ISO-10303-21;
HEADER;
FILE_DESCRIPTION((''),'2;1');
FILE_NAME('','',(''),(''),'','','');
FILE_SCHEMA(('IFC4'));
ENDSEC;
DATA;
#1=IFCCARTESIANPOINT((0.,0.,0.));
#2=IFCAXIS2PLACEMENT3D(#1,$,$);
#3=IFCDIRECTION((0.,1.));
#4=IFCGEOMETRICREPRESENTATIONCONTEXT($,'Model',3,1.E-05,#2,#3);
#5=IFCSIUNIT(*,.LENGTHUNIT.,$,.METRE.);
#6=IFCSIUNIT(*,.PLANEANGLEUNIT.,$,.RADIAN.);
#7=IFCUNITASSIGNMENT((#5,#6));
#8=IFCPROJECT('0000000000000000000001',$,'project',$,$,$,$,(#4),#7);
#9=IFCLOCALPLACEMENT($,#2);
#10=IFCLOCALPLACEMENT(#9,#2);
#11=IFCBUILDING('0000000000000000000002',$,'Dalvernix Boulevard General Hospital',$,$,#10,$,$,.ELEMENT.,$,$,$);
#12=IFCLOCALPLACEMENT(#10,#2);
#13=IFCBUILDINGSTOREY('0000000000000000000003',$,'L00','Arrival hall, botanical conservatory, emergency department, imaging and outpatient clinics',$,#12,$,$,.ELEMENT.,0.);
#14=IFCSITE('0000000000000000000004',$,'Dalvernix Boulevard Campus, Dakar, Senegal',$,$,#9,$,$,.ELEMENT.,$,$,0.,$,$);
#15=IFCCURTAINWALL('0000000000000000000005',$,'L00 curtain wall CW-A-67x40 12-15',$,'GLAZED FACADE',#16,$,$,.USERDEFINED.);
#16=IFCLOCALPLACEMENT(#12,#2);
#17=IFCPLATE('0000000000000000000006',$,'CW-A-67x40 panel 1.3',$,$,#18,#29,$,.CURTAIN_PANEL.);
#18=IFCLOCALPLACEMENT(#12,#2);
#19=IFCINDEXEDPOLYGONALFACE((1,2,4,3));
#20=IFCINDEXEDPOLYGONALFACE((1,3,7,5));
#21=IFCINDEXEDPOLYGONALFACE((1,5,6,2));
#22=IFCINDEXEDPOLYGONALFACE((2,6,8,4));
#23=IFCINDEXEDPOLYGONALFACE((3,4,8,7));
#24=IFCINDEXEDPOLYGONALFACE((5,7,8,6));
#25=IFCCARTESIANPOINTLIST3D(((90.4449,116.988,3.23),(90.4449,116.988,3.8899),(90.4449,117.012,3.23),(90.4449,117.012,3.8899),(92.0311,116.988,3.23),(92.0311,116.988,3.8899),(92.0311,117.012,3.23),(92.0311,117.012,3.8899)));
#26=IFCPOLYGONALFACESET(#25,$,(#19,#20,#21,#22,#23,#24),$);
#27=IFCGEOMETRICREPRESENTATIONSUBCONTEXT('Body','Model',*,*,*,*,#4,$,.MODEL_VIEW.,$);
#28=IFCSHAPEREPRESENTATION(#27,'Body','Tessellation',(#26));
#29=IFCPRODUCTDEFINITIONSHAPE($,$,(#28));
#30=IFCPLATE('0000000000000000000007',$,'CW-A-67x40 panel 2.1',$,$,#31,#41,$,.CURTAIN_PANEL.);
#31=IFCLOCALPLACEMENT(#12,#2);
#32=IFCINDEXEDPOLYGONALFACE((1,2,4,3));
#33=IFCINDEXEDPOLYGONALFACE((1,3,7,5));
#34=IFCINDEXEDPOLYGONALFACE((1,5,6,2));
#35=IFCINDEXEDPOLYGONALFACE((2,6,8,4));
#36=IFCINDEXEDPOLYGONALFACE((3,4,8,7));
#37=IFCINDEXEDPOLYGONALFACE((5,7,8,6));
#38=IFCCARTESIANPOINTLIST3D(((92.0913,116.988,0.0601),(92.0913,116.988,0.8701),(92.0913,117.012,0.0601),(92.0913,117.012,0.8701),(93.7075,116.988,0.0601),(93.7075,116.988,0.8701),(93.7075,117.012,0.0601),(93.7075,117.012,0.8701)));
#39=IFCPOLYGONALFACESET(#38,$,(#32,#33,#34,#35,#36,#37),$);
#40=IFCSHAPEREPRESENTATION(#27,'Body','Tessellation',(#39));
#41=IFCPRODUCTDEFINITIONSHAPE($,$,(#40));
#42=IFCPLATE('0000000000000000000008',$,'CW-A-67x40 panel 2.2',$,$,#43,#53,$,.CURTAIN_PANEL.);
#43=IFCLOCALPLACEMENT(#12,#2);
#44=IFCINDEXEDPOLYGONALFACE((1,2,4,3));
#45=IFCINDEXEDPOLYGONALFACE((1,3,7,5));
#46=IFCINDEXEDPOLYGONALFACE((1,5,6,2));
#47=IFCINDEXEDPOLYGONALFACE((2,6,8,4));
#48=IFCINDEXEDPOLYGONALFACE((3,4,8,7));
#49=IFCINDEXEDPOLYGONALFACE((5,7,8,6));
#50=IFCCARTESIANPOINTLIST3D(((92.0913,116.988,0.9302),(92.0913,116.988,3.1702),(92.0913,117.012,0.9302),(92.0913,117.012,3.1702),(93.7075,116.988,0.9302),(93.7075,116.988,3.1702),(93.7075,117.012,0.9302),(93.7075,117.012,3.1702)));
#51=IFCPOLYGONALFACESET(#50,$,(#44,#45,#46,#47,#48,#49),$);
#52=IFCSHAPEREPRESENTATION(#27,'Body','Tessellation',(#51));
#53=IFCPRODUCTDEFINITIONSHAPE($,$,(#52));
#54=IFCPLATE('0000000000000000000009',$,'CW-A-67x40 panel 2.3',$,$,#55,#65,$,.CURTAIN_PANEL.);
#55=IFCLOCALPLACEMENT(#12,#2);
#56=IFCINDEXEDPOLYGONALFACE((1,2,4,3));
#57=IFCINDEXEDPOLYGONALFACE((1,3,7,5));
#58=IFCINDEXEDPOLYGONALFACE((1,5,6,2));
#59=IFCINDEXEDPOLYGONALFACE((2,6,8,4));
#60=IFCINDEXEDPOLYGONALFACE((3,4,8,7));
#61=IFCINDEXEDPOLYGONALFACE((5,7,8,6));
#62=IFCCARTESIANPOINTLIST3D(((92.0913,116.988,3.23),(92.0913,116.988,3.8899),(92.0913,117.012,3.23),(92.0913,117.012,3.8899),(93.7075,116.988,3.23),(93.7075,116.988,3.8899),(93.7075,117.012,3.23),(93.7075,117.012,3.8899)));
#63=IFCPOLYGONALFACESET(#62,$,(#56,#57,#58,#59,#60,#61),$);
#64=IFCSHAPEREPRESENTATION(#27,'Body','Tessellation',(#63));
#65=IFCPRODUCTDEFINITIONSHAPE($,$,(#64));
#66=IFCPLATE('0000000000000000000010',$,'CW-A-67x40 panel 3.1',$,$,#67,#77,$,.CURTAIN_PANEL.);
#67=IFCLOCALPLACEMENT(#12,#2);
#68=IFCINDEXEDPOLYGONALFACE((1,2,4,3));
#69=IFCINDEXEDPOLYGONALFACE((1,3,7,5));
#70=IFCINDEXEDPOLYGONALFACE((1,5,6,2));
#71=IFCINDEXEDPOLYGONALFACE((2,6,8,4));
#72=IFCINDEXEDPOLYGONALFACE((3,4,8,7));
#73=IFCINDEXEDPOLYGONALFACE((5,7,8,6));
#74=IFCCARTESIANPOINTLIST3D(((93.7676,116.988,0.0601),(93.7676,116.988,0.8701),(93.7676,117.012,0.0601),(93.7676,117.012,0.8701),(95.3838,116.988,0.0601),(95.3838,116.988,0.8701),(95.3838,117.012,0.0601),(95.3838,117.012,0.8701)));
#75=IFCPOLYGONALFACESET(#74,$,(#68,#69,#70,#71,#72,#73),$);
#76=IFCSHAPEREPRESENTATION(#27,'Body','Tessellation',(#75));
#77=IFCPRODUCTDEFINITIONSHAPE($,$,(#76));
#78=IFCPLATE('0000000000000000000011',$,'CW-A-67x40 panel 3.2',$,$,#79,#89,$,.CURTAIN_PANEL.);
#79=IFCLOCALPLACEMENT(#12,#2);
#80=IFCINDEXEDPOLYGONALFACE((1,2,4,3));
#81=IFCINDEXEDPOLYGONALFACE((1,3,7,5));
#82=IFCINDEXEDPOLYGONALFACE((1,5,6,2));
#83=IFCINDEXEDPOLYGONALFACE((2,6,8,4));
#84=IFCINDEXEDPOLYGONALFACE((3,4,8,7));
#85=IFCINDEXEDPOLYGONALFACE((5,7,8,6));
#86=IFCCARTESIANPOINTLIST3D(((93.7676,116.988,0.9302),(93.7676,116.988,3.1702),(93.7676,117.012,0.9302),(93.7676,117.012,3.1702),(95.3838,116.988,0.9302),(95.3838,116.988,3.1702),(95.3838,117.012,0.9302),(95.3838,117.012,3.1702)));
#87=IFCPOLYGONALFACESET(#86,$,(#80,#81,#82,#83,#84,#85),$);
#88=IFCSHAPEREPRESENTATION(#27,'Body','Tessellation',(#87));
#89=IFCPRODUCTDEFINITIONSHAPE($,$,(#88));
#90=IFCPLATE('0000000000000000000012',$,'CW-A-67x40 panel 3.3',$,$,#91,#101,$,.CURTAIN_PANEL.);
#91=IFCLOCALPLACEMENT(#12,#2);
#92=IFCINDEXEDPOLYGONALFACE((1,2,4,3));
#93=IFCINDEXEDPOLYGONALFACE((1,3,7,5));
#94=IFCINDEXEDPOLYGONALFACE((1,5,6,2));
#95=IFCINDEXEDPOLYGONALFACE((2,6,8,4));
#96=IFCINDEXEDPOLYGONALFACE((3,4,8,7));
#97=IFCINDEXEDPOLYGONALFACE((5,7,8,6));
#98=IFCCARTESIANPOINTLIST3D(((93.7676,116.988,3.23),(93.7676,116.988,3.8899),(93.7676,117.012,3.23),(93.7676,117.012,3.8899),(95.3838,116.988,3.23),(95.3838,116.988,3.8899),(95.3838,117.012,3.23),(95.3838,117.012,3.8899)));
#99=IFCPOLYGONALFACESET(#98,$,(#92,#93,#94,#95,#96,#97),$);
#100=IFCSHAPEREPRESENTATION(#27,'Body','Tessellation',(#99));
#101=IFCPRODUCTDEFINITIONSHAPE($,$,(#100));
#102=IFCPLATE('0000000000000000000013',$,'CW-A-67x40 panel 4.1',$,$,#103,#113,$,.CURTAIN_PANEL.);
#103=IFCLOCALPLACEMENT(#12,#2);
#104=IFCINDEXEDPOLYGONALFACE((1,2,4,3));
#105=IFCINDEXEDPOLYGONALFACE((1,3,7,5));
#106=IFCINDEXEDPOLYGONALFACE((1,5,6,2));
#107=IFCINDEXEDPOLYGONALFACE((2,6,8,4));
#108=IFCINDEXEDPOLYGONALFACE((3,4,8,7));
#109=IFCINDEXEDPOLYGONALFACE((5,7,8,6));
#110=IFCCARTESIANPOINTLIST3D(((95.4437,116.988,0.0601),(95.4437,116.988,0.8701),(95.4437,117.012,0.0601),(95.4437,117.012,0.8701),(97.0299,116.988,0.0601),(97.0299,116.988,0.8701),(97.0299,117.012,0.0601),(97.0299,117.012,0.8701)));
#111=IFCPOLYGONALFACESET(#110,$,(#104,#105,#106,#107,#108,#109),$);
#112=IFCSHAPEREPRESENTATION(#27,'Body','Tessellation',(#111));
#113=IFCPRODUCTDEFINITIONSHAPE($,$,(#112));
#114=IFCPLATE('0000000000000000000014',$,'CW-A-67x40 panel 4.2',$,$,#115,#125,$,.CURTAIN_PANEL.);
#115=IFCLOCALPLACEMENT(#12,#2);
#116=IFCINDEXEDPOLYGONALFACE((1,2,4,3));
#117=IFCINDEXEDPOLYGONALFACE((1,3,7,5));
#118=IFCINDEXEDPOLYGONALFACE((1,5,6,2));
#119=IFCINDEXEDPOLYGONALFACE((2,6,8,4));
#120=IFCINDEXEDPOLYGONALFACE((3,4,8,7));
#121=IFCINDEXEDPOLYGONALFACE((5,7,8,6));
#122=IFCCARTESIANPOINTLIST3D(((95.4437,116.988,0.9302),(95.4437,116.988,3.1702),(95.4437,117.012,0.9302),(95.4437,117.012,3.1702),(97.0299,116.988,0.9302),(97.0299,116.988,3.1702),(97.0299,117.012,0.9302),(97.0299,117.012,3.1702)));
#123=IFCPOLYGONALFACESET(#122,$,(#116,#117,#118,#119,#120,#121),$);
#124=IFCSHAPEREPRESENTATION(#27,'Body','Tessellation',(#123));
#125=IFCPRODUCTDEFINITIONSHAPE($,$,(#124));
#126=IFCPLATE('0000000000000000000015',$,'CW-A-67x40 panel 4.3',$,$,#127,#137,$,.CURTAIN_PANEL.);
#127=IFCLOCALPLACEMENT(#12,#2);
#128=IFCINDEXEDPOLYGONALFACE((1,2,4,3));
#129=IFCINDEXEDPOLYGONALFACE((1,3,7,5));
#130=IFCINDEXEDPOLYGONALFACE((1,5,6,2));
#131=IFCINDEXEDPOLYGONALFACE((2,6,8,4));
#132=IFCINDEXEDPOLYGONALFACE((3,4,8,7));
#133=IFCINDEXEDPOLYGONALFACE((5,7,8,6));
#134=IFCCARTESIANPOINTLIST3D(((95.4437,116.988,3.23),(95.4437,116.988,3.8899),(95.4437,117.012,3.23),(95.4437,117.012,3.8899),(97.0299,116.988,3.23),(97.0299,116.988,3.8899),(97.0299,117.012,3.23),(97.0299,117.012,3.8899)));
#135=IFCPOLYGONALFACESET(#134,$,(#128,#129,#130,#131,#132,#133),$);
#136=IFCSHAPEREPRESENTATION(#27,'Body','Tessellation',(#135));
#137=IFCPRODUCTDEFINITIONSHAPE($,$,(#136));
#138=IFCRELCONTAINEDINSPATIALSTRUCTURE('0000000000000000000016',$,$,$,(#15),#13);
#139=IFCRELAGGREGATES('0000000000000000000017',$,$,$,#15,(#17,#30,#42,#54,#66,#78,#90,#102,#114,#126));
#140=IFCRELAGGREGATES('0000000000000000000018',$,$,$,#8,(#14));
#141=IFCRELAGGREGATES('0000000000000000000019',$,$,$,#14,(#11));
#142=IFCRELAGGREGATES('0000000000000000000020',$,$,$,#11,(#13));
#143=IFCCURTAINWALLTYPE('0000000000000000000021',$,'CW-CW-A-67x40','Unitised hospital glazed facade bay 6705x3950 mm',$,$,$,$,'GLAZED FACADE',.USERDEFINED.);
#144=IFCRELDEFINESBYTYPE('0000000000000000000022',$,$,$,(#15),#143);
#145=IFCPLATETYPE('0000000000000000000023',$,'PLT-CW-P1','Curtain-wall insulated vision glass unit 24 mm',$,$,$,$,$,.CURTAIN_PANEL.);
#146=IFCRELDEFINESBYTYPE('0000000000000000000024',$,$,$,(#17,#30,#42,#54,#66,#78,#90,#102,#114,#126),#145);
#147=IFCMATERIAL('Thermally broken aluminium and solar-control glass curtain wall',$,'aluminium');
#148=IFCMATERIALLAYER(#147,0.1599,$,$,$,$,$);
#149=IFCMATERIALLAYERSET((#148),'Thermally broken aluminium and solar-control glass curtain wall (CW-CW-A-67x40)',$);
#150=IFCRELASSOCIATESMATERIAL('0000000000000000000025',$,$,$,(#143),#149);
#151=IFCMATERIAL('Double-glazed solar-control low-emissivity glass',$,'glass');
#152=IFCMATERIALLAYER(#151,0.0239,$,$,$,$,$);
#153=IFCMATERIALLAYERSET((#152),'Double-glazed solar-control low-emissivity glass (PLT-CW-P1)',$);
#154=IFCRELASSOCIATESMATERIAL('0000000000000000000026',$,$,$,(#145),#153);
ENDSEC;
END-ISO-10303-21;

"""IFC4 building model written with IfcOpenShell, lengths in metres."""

from ifc_helpers import new_model, si_unit, direction, frame, origin, origin_2d, place, context, subcontext, project, spatial, rectangle, extrude, material, layer, layer_set, type_object, element, aggregate, save


model = new_model("IFC4")

# Units and contexts
model_context = context("Model", 3, precision=1e-05, world=origin(), true_north=direction((0.0, 1.0)))
body_context = subcontext(model_context, "Body", "Model", "MODEL_VIEW")
ifc_project = project(units=[si_unit("LENGTHUNIT", "METRE"), si_unit("PLANEANGLEUNIT", "RADIAN")], contexts=[model_context])

# Site, building, storey
site_placement = place(None, origin())
site = spatial("IfcSite", under=ifc_project, at=site_placement, Name="Dalvernix Boulevard Campus, Dakar, Senegal", CompositionType="ELEMENT", RefElevation=0.0)
building_placement = place(site_placement, origin())
building = spatial("IfcBuilding", under=site, at=building_placement, Name="Dalvernix Boulevard General Hospital", CompositionType="ELEMENT")
storey_placement = place(building_placement, origin())
storey = spatial("IfcBuildingStorey", under=building, at=storey_placement, Name="L00", Description="Arrival hall, botanical conservatory, emergency department, imaging and outpatient clinics", CompositionType="ELEMENT", Elevation=0.0)

# Curtain wall, plates
ifc_material_1 = material(Name="Thermally broken aluminium and solar-control glass curtain wall", Category="aluminium")
ifc_layer_1 = layer(ifc_material_1, 0.1599)
ifc_layer_set_1 = layer_set([ifc_layer_1], Name="Thermally broken aluminium and solar-control glass curtain wall (CW-CW-A-67x40)")
curtain_wall_type = type_object("IfcCurtainWallType", Name="CW-CW-A-67x40", Description="Unitised hospital glazed facade bay 6705x3950 mm", ElementType="GLAZED FACADE", PredefinedType="USERDEFINED", material=ifc_layer_set_1)
curtain_wall_placement = place(storey_placement, origin())
curtain_wall = element("IfcCurtainWall", 1, at=curtain_wall_placement, inside=storey, type_object=curtain_wall_type, Name="L00 curtain wall CW-A-67x40 12-15", ObjectType="GLAZED FACADE", PredefinedType="USERDEFINED")
ifc_material_2 = material(Name="Double-glazed solar-control low-emissivity glass", Category="glass")
ifc_layer_2 = layer(ifc_material_2, 0.0239)
ifc_layer_set_2 = layer_set([ifc_layer_2], Name="Double-glazed solar-control low-emissivity glass (PLT-CW-P1)")
plate_type = type_object("IfcPlateType", Name="PLT-CW-P1", Description="Curtain-wall insulated vision glass unit 24 mm", PredefinedType="CURTAIN_PANEL", material=ifc_layer_set_2)
plate_1_placement = place(storey_placement, frame((91.238, 117.0, 3.23), z_axis=(0.0, 0.0, 1.0), x_axis=(1.0, 0.0, 0.0)))
plate_1 = element("IfcPlate", 2, at=plate_1_placement, type_object=plate_type, Name="CW-A-67x40 panel 1.3", PredefinedType="CURTAIN_PANEL", context=body_context, shape_type="SweptSolid", body=[
    extrude(rectangle(XDim=1.5862, YDim=0.0239, at=origin_2d()), origin(), (0.0, 0.0, 1.0), 0.6599),
])
plate_2_placement = place(storey_placement, frame((92.8994, 117.0, 0.0601), z_axis=(0.0, 0.0, 1.0), x_axis=(1.0, 0.0, 0.0)))
plate_2 = element("IfcPlate", 3, at=plate_2_placement, type_object=plate_type, Name="CW-A-67x40 panel 2.1", PredefinedType="CURTAIN_PANEL", context=body_context, shape_type="SweptSolid", body=[
    extrude(rectangle(XDim=1.6162, YDim=0.0239, at=origin_2d()), origin(), (0.0, 0.0, 1.0), 0.8101),
])
plate_3_placement = place(storey_placement, frame((92.8994, 117.0, 0.9302), z_axis=(0.0, 0.0, 1.0), x_axis=(1.0, 0.0, 0.0)))
plate_3 = element("IfcPlate", 4, at=plate_3_placement, type_object=plate_type, Name="CW-A-67x40 panel 2.2", PredefinedType="CURTAIN_PANEL", context=body_context, shape_type="SweptSolid", body=[
    extrude(rectangle(XDim=1.6162, YDim=0.0239, at=origin_2d()), origin(), (0.0, 0.0, 1.0), 2.24),
])
plate_4_placement = place(storey_placement, frame((92.8994, 117.0, 3.23), z_axis=(0.0, 0.0, 1.0), x_axis=(1.0, 0.0, 0.0)))
plate_4 = element("IfcPlate", 5, at=plate_4_placement, type_object=plate_type, Name="CW-A-67x40 panel 2.3", PredefinedType="CURTAIN_PANEL", context=body_context, shape_type="SweptSolid", body=[
    extrude(rectangle(XDim=1.6162, YDim=0.0239, at=origin_2d()), origin(), (0.0, 0.0, 1.0), 0.6599),
])
plate_5_placement = place(storey_placement, frame((94.5757, 117.0, 0.0601), z_axis=(0.0, 0.0, 1.0), x_axis=(1.0, 0.0, 0.0)))
plate_5 = element("IfcPlate", 6, at=plate_5_placement, type_object=plate_type, Name="CW-A-67x40 panel 3.1", PredefinedType="CURTAIN_PANEL", context=body_context, shape_type="SweptSolid", body=[
    extrude(rectangle(XDim=1.6162, YDim=0.0239, at=origin_2d()), origin(), (0.0, 0.0, 1.0), 0.8101),
])
plate_6_placement = place(storey_placement, frame((94.5757, 117.0, 0.9302), z_axis=(0.0, 0.0, 1.0), x_axis=(1.0, 0.0, 0.0)))
plate_6 = element("IfcPlate", 7, at=plate_6_placement, type_object=plate_type, Name="CW-A-67x40 panel 3.2", PredefinedType="CURTAIN_PANEL", context=body_context, shape_type="SweptSolid", body=[
    extrude(rectangle(XDim=1.6162, YDim=0.0239, at=origin_2d()), origin(), (0.0, 0.0, 1.0), 2.24),
])
plate_7_placement = place(storey_placement, frame((94.5757, 117.0, 3.23), z_axis=(0.0, 0.0, 1.0), x_axis=(1.0, 0.0, 0.0)))
plate_7 = element("IfcPlate", 8, at=plate_7_placement, type_object=plate_type, Name="CW-A-67x40 panel 3.3", PredefinedType="CURTAIN_PANEL", context=body_context, shape_type="SweptSolid", body=[
    extrude(rectangle(XDim=1.6162, YDim=0.0239, at=origin_2d()), origin(), (0.0, 0.0, 1.0), 0.6599),
])
plate_8_placement = place(storey_placement, frame((96.2368, 117.0, 0.0601), z_axis=(0.0, 0.0, 1.0), x_axis=(1.0, 0.0, 0.0)))
plate_8 = element("IfcPlate", 9, at=plate_8_placement, type_object=plate_type, Name="CW-A-67x40 panel 4.1", PredefinedType="CURTAIN_PANEL", context=body_context, shape_type="SweptSolid", body=[
    extrude(rectangle(XDim=1.5862, YDim=0.0239, at=origin_2d()), origin(), (0.0, 0.0, 1.0), 0.8101),
])
plate_9_placement = place(storey_placement, frame((96.2368, 117.0, 0.9302), z_axis=(0.0, 0.0, 1.0), x_axis=(1.0, 0.0, 0.0)))
plate_9 = element("IfcPlate", 10, at=plate_9_placement, type_object=plate_type, Name="CW-A-67x40 panel 4.2", PredefinedType="CURTAIN_PANEL", context=body_context, shape_type="SweptSolid", body=[
    extrude(rectangle(XDim=1.5862, YDim=0.0239, at=origin_2d()), origin(), (0.0, 0.0, 1.0), 2.24),
])
plate_10_placement = place(storey_placement, frame((96.2368, 117.0, 3.23), z_axis=(0.0, 0.0, 1.0), x_axis=(1.0, 0.0, 0.0)))
plate_10 = element("IfcPlate", 11, at=plate_10_placement, type_object=plate_type, Name="CW-A-67x40 panel 4.3", PredefinedType="CURTAIN_PANEL", context=body_context, shape_type="SweptSolid", body=[
    extrude(rectangle(XDim=1.5862, YDim=0.0239, at=origin_2d()), origin(), (0.0, 0.0, 1.0), 0.6599),
])
aggregate(curtain_wall, [plate_1, plate_2, plate_3, plate_4, plate_5, plate_6, plate_7, plate_8, plate_9, plate_10])

save(model, "model.ifc")
